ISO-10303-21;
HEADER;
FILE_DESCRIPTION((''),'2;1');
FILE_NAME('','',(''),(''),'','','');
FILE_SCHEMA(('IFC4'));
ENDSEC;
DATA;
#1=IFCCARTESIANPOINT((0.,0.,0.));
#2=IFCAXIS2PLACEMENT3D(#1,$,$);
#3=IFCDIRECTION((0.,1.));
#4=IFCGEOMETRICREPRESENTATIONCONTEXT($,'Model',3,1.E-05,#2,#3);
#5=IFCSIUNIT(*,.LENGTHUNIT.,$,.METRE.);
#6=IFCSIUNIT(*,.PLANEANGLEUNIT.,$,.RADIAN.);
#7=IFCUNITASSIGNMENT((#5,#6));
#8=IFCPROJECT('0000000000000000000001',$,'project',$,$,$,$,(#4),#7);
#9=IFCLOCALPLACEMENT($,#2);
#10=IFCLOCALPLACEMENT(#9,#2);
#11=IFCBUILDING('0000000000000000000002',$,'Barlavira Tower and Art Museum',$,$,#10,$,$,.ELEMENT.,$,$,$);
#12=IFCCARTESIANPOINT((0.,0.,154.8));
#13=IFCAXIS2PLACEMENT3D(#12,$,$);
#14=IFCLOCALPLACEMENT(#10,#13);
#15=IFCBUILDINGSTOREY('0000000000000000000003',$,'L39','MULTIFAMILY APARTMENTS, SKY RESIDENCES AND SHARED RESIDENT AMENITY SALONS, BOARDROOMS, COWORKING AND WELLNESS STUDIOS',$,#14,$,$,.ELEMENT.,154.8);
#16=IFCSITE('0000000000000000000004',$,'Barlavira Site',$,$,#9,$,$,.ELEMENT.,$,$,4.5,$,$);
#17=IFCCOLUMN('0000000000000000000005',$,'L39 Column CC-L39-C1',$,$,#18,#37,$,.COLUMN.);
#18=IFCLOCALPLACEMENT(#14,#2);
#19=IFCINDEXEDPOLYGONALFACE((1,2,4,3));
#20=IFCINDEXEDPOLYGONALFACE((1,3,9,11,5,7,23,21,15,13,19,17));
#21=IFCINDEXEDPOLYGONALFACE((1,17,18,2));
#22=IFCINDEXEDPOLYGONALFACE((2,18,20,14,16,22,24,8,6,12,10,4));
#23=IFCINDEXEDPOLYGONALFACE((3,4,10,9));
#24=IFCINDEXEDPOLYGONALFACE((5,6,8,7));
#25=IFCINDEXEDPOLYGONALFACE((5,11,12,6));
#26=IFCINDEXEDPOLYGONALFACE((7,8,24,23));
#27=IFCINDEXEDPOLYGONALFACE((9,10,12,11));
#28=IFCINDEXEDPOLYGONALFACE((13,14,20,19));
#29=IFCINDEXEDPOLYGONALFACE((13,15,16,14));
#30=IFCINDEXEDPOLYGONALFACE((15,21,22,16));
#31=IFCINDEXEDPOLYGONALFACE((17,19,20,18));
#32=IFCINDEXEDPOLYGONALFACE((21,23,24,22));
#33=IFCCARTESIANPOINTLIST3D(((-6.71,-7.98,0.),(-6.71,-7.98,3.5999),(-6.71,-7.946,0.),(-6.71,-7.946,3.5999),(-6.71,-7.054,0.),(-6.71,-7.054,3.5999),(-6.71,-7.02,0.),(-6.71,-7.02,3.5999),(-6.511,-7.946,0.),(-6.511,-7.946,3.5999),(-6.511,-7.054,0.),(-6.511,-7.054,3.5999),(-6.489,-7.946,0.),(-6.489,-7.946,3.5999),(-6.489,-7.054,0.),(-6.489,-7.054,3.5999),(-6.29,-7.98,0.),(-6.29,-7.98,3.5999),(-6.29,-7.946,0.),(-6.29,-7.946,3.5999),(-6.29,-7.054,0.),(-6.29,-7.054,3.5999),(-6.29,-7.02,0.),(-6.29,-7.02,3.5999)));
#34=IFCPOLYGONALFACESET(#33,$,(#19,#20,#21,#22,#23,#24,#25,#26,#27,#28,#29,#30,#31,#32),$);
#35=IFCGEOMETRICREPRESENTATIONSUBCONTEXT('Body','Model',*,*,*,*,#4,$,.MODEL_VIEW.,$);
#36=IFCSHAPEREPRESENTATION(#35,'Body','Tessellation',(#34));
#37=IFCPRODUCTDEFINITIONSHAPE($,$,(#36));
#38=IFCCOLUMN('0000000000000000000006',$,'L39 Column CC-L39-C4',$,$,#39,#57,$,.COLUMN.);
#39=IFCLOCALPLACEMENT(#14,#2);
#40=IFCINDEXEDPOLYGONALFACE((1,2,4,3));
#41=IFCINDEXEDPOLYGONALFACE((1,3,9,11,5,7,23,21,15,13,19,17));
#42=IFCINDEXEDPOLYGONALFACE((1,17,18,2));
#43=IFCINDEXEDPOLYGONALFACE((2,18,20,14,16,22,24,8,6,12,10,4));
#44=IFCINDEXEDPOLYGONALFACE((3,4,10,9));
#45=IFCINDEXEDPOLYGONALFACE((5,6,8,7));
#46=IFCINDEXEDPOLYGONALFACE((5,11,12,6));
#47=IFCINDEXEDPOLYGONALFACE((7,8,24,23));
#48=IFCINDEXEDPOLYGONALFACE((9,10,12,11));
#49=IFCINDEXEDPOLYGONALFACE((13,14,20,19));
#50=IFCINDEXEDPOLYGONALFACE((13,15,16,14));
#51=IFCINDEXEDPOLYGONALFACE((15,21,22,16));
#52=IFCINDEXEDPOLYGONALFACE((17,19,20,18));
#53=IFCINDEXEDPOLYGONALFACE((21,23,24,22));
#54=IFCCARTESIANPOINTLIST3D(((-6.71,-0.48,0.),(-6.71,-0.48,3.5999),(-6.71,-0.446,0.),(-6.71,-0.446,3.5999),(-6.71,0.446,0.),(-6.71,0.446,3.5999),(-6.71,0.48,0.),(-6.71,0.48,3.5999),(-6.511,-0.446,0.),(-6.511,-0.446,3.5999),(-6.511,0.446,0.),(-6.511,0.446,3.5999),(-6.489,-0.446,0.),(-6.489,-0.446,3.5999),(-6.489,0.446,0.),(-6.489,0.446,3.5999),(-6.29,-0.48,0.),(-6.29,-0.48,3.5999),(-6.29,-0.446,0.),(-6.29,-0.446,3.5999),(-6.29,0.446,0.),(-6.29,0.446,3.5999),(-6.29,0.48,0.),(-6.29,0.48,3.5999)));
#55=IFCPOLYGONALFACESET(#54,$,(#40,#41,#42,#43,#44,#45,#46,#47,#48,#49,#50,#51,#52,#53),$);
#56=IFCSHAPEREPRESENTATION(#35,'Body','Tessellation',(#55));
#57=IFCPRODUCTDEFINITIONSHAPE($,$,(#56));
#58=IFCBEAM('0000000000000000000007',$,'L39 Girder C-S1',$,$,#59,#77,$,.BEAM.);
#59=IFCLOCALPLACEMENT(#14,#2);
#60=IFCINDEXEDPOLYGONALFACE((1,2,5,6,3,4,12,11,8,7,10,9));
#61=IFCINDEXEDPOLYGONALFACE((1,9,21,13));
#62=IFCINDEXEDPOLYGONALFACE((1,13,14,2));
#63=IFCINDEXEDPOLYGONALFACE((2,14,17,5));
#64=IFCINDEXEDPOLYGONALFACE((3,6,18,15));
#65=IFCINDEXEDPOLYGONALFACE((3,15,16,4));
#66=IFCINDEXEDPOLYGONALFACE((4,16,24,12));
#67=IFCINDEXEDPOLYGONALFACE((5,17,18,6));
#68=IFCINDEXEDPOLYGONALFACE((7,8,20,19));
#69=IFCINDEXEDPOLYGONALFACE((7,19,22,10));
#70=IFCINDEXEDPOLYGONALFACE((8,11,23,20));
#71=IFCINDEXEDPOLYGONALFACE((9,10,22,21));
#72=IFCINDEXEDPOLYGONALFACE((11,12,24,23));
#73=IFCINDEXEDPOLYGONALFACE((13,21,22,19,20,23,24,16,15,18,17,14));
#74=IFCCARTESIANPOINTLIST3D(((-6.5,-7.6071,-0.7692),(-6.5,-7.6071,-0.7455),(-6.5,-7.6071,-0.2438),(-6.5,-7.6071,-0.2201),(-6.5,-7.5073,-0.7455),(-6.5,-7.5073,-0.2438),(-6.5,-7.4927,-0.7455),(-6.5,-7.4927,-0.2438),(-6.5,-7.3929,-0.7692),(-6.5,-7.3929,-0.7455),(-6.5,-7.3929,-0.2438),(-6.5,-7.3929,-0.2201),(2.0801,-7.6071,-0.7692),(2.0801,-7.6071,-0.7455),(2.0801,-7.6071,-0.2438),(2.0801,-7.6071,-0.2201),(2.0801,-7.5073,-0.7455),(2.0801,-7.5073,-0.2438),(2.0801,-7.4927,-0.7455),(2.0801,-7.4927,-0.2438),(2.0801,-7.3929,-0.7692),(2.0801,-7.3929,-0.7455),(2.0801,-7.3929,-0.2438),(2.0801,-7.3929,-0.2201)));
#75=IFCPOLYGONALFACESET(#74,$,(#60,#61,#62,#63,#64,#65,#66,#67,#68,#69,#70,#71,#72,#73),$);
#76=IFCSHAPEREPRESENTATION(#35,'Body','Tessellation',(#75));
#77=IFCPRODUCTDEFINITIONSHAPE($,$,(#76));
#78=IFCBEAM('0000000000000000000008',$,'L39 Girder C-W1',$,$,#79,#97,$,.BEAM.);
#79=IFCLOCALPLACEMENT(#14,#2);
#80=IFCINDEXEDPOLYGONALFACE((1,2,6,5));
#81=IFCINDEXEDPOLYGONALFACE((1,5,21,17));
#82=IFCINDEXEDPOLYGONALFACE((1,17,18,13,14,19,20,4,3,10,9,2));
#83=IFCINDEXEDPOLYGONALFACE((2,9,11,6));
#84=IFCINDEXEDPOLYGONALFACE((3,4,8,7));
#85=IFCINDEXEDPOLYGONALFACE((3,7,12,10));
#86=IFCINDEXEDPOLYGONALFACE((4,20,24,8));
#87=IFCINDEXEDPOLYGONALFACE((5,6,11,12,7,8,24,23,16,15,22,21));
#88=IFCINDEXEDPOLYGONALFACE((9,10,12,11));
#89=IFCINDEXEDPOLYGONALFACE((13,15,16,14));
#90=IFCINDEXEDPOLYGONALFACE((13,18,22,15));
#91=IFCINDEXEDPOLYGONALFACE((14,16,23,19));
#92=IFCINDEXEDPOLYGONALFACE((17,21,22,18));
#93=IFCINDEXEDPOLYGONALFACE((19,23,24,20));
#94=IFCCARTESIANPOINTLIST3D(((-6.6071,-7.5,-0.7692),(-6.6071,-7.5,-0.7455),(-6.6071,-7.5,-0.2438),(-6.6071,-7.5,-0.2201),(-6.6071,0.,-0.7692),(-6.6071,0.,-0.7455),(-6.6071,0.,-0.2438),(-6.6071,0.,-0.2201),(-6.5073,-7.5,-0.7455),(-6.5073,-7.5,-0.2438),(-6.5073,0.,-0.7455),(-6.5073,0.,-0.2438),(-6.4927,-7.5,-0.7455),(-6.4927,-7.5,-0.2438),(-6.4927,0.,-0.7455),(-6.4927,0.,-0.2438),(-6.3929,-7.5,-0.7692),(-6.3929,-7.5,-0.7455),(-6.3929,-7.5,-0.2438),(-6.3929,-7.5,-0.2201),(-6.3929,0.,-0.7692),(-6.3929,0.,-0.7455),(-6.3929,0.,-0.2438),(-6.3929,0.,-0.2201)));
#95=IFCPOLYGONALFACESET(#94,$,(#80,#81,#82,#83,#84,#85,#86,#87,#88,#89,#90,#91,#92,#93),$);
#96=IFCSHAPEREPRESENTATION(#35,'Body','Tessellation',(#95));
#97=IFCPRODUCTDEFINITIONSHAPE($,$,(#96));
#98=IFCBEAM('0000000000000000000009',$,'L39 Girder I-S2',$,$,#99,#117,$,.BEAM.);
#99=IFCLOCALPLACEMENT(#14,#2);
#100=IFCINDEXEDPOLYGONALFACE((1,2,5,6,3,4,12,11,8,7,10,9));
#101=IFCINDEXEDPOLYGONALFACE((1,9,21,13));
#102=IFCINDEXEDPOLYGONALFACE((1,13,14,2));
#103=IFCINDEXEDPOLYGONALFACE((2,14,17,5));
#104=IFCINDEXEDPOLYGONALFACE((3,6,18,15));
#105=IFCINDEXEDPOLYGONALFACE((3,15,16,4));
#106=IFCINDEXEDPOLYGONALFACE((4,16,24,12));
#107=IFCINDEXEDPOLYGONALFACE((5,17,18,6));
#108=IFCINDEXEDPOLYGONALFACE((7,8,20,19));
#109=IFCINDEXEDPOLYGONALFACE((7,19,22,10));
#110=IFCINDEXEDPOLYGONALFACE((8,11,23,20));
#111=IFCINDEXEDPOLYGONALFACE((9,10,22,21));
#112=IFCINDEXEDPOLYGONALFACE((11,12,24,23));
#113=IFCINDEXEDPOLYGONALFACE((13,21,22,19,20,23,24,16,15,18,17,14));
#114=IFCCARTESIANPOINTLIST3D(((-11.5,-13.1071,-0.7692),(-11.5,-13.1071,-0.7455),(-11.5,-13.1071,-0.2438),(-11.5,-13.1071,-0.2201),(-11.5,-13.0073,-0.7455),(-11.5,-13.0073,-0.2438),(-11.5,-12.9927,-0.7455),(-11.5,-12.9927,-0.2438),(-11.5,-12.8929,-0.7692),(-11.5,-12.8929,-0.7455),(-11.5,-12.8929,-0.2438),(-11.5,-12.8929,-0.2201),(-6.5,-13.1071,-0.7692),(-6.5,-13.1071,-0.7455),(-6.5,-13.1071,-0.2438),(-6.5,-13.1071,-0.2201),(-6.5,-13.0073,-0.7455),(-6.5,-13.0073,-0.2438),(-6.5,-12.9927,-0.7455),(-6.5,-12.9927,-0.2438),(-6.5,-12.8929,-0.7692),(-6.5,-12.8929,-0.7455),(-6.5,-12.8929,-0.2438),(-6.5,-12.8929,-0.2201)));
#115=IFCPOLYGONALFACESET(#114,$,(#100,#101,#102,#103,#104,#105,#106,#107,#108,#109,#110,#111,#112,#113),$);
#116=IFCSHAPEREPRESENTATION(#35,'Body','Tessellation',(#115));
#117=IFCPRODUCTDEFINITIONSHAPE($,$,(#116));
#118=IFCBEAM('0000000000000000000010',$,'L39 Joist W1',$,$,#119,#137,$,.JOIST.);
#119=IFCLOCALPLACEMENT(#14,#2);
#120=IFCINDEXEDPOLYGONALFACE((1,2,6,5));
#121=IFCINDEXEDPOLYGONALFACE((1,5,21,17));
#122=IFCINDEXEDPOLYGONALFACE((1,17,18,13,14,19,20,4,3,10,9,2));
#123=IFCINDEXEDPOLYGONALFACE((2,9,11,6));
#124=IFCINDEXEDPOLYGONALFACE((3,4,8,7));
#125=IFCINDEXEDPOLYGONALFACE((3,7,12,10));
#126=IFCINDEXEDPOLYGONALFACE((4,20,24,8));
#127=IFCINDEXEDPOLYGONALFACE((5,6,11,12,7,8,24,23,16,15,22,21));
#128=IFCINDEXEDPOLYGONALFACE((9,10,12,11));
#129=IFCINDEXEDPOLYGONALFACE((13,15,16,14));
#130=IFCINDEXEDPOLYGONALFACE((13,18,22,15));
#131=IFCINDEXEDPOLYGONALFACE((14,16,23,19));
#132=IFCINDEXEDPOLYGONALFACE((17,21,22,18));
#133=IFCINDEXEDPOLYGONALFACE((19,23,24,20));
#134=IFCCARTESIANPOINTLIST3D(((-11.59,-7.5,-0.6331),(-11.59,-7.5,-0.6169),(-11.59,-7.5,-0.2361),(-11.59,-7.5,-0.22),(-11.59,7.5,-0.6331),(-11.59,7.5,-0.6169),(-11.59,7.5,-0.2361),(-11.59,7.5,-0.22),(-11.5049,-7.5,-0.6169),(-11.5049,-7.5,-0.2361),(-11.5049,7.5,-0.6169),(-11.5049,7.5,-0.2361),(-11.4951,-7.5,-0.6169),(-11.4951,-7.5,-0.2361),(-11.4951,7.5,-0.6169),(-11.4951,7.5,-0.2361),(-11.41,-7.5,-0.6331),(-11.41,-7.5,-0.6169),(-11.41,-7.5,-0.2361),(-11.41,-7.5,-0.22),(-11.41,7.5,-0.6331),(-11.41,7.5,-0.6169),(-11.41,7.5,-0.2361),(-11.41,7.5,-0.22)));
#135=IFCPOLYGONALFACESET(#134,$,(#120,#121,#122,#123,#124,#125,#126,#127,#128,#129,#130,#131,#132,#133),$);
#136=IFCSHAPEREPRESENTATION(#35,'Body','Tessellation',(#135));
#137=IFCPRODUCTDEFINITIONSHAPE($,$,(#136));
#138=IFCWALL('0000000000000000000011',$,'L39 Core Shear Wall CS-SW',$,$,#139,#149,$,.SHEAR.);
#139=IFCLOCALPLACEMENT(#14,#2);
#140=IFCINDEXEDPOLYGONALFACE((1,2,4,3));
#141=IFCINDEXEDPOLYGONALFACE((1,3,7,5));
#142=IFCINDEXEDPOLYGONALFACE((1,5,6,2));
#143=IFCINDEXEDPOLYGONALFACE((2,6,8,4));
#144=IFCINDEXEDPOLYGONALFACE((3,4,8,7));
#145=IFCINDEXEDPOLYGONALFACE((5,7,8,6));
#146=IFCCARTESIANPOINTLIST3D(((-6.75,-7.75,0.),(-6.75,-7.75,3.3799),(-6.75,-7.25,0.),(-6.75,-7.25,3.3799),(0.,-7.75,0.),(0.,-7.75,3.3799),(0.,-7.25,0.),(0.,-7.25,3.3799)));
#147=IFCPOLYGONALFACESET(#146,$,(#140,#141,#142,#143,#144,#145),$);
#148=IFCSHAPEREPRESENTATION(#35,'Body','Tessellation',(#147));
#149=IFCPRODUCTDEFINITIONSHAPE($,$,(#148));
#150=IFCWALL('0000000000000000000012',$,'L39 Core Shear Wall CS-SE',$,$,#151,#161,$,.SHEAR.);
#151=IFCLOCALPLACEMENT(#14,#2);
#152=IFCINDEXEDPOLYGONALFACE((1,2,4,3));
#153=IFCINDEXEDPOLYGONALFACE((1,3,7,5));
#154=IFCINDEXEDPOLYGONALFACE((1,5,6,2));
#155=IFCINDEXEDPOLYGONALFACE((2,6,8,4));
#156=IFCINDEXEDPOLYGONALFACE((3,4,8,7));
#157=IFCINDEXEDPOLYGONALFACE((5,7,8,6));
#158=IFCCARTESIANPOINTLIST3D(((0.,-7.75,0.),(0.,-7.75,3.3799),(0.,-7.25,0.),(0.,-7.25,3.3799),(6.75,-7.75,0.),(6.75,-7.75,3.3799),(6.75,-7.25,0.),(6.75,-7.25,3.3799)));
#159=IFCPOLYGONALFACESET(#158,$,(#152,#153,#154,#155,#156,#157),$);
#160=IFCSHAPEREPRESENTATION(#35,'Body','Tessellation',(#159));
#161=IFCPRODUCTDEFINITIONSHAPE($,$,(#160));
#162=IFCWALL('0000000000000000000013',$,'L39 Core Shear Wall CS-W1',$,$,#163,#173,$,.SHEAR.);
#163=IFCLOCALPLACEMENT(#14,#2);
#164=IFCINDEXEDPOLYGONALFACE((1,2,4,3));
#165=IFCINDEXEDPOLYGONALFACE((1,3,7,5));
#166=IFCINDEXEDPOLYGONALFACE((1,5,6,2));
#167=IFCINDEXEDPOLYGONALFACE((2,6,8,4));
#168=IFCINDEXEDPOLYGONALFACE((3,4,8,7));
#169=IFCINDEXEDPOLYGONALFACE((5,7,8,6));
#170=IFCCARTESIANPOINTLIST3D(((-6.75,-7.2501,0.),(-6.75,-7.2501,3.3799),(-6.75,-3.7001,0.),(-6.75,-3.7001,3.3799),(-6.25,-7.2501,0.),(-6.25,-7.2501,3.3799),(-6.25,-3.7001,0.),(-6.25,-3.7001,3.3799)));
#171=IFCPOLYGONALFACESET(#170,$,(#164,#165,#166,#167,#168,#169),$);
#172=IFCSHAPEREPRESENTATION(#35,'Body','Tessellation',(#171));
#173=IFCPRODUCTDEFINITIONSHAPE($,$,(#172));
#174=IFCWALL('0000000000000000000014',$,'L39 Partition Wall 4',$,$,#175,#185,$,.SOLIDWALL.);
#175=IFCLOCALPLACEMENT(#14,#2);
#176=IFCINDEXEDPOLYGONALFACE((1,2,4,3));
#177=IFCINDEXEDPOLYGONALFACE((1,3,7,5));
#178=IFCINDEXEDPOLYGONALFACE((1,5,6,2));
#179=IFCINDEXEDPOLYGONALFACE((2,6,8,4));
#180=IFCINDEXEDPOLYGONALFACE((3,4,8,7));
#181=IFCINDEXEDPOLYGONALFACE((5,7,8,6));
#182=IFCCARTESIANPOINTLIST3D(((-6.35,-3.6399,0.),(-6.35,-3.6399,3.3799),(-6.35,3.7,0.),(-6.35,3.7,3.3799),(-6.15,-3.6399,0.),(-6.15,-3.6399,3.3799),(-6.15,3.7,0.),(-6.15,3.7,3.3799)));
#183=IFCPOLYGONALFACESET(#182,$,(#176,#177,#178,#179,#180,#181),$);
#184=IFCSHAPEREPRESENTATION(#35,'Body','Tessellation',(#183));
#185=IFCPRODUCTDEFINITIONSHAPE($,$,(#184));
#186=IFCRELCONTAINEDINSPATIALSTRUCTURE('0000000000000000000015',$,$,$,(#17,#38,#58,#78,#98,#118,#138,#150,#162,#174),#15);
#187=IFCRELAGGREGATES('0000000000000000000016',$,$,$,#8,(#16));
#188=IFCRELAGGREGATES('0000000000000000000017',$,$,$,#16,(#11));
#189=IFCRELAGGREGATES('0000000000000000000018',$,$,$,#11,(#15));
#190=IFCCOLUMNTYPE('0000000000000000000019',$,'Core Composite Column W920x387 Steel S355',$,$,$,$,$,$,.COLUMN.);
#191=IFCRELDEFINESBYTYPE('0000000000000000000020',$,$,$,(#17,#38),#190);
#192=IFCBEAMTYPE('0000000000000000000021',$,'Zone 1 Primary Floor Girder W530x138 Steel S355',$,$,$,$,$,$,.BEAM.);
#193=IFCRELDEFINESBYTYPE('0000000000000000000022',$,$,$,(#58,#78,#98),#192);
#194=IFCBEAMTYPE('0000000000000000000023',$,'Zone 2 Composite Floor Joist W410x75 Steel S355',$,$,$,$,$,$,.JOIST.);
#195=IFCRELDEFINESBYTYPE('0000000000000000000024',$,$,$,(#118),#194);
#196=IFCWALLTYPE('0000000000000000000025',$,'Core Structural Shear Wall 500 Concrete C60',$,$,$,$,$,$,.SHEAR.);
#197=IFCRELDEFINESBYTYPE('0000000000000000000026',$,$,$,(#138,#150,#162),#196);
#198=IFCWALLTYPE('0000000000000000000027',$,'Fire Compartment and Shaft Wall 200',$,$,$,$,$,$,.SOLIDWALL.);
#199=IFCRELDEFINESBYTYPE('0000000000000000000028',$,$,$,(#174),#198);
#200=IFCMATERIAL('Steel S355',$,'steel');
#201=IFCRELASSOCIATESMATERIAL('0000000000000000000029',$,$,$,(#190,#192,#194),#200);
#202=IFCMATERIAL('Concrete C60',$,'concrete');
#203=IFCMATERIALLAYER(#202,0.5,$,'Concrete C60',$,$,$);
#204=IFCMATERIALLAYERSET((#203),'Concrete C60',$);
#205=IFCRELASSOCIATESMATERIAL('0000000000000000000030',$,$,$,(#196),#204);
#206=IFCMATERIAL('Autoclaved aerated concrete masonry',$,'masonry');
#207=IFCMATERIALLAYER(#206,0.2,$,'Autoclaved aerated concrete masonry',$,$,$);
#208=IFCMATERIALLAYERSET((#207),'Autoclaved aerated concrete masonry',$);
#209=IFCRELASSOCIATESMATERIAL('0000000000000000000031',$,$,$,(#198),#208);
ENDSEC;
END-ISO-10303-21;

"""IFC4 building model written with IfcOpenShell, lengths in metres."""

from ifc_helpers import new_model, si_unit, direction, frame, frame_2d, origin, origin_2d, place, context, subcontext, project, spatial, rectangle, i_section, extrude, material, layer, layer_set, material_profile, profile_set, type_object, element, save


model = new_model("IFC4")

# Units and contexts
model_context = context("Model", 3, precision=1e-05, world=origin(), true_north=direction((0.0, 1.0)))
body_context = subcontext(model_context, "Body", "Model", "MODEL_VIEW")
ifc_project = project(units=[si_unit("LENGTHUNIT", "METRE"), si_unit("PLANEANGLEUNIT", "RADIAN")], contexts=[model_context])

# Site, building, storey
site_placement = place(None, origin())
site = spatial("IfcSite", under=ifc_project, at=site_placement, Name="Barlavira Site", CompositionType="ELEMENT", RefElevation=4.5)
building_placement = place(site_placement, origin())
building = spatial("IfcBuilding", under=site, at=building_placement, Name="Barlavira Tower and Art Museum", CompositionType="ELEMENT")
storey_placement = place(building_placement, frame((0.0, 0.0, 154.8)))
storey = spatial("IfcBuildingStorey", under=building, at=storey_placement, Name="L39", Description="MULTIFAMILY APARTMENTS, SKY RESIDENCES AND SHARED RESIDENT AMENITY SALONS, BOARDROOMS, COWORKING AND WELLNESS STUDIOS", CompositionType="ELEMENT", Elevation=154.8)

# Columns
ifc_material_1 = material(Name="Steel S355", Category="steel")
ifc_material_profile_1 = material_profile(ifc_material_1, i_section(OverallWidth=0.4199, OverallDepth=0.96, WebThickness=0.022, FlangeThickness=0.0339, at=origin_2d()), Name="W920x387.0")
ifc_profile_set_1 = profile_set([ifc_material_profile_1], Name="Steel S355")
column_type = type_object("IfcColumnType", Name="Core Composite Column W920x387 Steel S355", PredefinedType="COLUMN", material=ifc_profile_set_1)
for number, where, z_axis, x_axis, name in (
    (1, (-6.5, -7.5, 0.0), (0.0, 0.0, 1.0), (1.0, 0.0, 0.0), "L39 Column CC-L39-C1"),
    (2, (-6.5, 0.0, 0.0), (0.0, 0.0, 1.0), (1.0, 0.0, 0.0), "L39 Column CC-L39-C4"),
):
    element("IfcColumn", number, at=place(storey_placement, frame(where, z_axis=z_axis, x_axis=x_axis)), inside=storey, type_object=column_type, Name=name, PredefinedType="COLUMN", context=body_context, shape_type="SweptSolid", body=[
        extrude(i_section(OverallWidth=0.4199, OverallDepth=0.96, WebThickness=0.022, FlangeThickness=0.0339, at=origin_2d()), origin(), (0.0, 0.0, 1.0), 3.5999),
    ])

# Beams
ifc_material_profile_2 = material_profile(ifc_material_1, i_section(OverallWidth=0.2141, OverallDepth=0.5491, WebThickness=0.0146, FlangeThickness=0.0237, at=origin_2d()), Name="W530x138.0")
ifc_profile_set_2 = profile_set([ifc_material_profile_2], Name="Steel S355")
beam_type_1 = type_object("IfcBeamType", Name="Zone 1 Primary Floor Girder W530x138 Steel S355", PredefinedType="BEAM", material=ifc_profile_set_2)
beam_1_placement = place(storey_placement, frame((-6.5, -7.5, -0.4946), z_axis=(1.0, 0.0, 0.0), x_axis=(0.0, 1.0, 0.0)))
element("IfcBeam", 3, at=beam_1_placement, inside=storey, type_object=beam_type_1, Name="L39 Girder C-S1", PredefinedType="BEAM", context=body_context, shape_type="SweptSolid", body=[
    extrude(i_section(OverallWidth=0.2141, OverallDepth=0.5491, WebThickness=0.0146, FlangeThickness=0.0237, at=origin_2d()), origin(), (0.0, 0.0, 1.0), 8.5801),
])
beam_2_placement = place(storey_placement, frame((-6.5, -7.5, -0.4946), z_axis=(0.0, 1.0, 0.0), x_axis=(-1.0, 0.0, 0.0)))
element("IfcBeam", 4, at=beam_2_placement, inside=storey, type_object=beam_type_1, Name="L39 Girder C-W1", PredefinedType="BEAM", context=body_context, shape_type="SweptSolid", body=[
    extrude(i_section(OverallWidth=0.2141, OverallDepth=0.5491, WebThickness=0.0146, FlangeThickness=0.0237, at=origin_2d()), origin(), (0.0, 0.0, 1.0), 7.5),
])
beam_3_placement = place(storey_placement, frame((-11.5, -13.0, -0.4946), z_axis=(1.0, 0.0, 0.0), x_axis=(0.0, 1.0, 0.0)))
element("IfcBeam", 5, at=beam_3_placement, inside=storey, type_object=beam_type_1, Name="L39 Girder I-S2", PredefinedType="BEAM", context=body_context, shape_type="SweptSolid", body=[
    extrude(i_section(OverallWidth=0.2141, OverallDepth=0.5491, WebThickness=0.0146, FlangeThickness=0.0237, at=origin_2d()), origin(), (0.0, 0.0, 1.0), 5.0),
])
ifc_material_profile_3 = material_profile(ifc_material_1, i_section(OverallWidth=0.1799, OverallDepth=0.4131, WebThickness=0.0098, FlangeThickness=0.0161, at=origin_2d()), Name="W410x75.0")
ifc_profile_set_3 = profile_set([ifc_material_profile_3], Name="Steel S355")
beam_type_2 = type_object("IfcBeamType", Name="Zone 2 Composite Floor Joist W410x75 Steel S355", PredefinedType="JOIST", material=ifc_profile_set_3)
beam_4_placement = place(storey_placement, frame((-11.5, -7.5, -0.4265), z_axis=(0.0, 1.0, 0.0), x_axis=(-1.0, 0.0, 0.0)))
element("IfcBeam", 6, at=beam_4_placement, inside=storey, type_object=beam_type_2, Name="L39 Joist W1", PredefinedType="JOIST", context=body_context, shape_type="SweptSolid", body=[
    extrude(i_section(OverallWidth=0.1799, OverallDepth=0.4131, WebThickness=0.0098, FlangeThickness=0.0161, at=origin_2d()), origin(), (0.0, 0.0, 1.0), 15.0),
])

# Walls
ifc_material_2 = material(Name="Concrete C60", Category="concrete")
ifc_layer_1 = layer(ifc_material_2, 0.5, Name="Concrete C60")
ifc_layer_set_1 = layer_set([ifc_layer_1], Name="Concrete C60")
wall_type_1 = type_object("IfcWallType", Name="Core Structural Shear Wall 500 Concrete C60", PredefinedType="SHEAR", material=ifc_layer_set_1)
for number, where, z_axis, x_axis, name in (
    (7, (-6.75, -7.5, 0.0), (0.0, 0.0, 1.0), (1.0, 0.0, 0.0), "L39 Core Shear Wall CS-SW"),
    (8, (0.0, -7.5, 0.0), (0.0, 0.0, 1.0), (1.0, 0.0, 0.0), "L39 Core Shear Wall CS-SE"),
):
    element("IfcWall", number, at=place(storey_placement, frame(where, z_axis=z_axis, x_axis=x_axis)), inside=storey, type_object=wall_type_1, Name=name, PredefinedType="SHEAR", context=body_context, shape_type="SweptSolid", body=[
        extrude(rectangle(XDim=6.75, YDim=0.5, at=frame_2d((3.375, 0.0))), origin(), (0.0, 0.0, 1.0), 3.3799),
    ])
wall_1_placement = place(storey_placement, frame((-6.5, -7.25, 0.0), z_axis=(0.0, 0.0, 1.0), x_axis=(0.0, 1.0, 0.0)))
element("IfcWall", 9, at=wall_1_placement, inside=storey, type_object=wall_type_1, Name="L39 Core Shear Wall CS-W1", PredefinedType="SHEAR", context=body_context, shape_type="SweptSolid", body=[
    extrude(rectangle(XDim=3.55, YDim=0.5, at=frame_2d((1.7749, 0.0))), origin(), (0.0, 0.0, 1.0), 3.3799),
])
ifc_material_3 = material(Name="Autoclaved aerated concrete masonry", Category="masonry")
ifc_layer_2 = layer(ifc_material_3, 0.2, Name="Autoclaved aerated concrete masonry")
ifc_layer_set_2 = layer_set([ifc_layer_2], Name="Autoclaved aerated concrete masonry")
wall_type_2 = type_object("IfcWallType", Name="Fire Compartment and Shaft Wall 200", PredefinedType="SOLIDWALL", material=ifc_layer_set_2)
wall_2_placement = place(storey_placement, frame((-6.25, -3.6399, 0.0), z_axis=(0.0, 0.0, 1.0), x_axis=(0.0, 1.0, 0.0)))
element("IfcWall", 10, at=wall_2_placement, inside=storey, type_object=wall_type_2, Name="L39 Partition Wall 4", PredefinedType="SOLIDWALL", context=body_context, shape_type="SweptSolid", body=[
    extrude(rectangle(XDim=7.3398, YDim=0.2, at=frame_2d((3.6699, 0.0))), origin(), (0.0, 0.0, 1.0), 3.3799),
])

save(model, "model.ifc")
